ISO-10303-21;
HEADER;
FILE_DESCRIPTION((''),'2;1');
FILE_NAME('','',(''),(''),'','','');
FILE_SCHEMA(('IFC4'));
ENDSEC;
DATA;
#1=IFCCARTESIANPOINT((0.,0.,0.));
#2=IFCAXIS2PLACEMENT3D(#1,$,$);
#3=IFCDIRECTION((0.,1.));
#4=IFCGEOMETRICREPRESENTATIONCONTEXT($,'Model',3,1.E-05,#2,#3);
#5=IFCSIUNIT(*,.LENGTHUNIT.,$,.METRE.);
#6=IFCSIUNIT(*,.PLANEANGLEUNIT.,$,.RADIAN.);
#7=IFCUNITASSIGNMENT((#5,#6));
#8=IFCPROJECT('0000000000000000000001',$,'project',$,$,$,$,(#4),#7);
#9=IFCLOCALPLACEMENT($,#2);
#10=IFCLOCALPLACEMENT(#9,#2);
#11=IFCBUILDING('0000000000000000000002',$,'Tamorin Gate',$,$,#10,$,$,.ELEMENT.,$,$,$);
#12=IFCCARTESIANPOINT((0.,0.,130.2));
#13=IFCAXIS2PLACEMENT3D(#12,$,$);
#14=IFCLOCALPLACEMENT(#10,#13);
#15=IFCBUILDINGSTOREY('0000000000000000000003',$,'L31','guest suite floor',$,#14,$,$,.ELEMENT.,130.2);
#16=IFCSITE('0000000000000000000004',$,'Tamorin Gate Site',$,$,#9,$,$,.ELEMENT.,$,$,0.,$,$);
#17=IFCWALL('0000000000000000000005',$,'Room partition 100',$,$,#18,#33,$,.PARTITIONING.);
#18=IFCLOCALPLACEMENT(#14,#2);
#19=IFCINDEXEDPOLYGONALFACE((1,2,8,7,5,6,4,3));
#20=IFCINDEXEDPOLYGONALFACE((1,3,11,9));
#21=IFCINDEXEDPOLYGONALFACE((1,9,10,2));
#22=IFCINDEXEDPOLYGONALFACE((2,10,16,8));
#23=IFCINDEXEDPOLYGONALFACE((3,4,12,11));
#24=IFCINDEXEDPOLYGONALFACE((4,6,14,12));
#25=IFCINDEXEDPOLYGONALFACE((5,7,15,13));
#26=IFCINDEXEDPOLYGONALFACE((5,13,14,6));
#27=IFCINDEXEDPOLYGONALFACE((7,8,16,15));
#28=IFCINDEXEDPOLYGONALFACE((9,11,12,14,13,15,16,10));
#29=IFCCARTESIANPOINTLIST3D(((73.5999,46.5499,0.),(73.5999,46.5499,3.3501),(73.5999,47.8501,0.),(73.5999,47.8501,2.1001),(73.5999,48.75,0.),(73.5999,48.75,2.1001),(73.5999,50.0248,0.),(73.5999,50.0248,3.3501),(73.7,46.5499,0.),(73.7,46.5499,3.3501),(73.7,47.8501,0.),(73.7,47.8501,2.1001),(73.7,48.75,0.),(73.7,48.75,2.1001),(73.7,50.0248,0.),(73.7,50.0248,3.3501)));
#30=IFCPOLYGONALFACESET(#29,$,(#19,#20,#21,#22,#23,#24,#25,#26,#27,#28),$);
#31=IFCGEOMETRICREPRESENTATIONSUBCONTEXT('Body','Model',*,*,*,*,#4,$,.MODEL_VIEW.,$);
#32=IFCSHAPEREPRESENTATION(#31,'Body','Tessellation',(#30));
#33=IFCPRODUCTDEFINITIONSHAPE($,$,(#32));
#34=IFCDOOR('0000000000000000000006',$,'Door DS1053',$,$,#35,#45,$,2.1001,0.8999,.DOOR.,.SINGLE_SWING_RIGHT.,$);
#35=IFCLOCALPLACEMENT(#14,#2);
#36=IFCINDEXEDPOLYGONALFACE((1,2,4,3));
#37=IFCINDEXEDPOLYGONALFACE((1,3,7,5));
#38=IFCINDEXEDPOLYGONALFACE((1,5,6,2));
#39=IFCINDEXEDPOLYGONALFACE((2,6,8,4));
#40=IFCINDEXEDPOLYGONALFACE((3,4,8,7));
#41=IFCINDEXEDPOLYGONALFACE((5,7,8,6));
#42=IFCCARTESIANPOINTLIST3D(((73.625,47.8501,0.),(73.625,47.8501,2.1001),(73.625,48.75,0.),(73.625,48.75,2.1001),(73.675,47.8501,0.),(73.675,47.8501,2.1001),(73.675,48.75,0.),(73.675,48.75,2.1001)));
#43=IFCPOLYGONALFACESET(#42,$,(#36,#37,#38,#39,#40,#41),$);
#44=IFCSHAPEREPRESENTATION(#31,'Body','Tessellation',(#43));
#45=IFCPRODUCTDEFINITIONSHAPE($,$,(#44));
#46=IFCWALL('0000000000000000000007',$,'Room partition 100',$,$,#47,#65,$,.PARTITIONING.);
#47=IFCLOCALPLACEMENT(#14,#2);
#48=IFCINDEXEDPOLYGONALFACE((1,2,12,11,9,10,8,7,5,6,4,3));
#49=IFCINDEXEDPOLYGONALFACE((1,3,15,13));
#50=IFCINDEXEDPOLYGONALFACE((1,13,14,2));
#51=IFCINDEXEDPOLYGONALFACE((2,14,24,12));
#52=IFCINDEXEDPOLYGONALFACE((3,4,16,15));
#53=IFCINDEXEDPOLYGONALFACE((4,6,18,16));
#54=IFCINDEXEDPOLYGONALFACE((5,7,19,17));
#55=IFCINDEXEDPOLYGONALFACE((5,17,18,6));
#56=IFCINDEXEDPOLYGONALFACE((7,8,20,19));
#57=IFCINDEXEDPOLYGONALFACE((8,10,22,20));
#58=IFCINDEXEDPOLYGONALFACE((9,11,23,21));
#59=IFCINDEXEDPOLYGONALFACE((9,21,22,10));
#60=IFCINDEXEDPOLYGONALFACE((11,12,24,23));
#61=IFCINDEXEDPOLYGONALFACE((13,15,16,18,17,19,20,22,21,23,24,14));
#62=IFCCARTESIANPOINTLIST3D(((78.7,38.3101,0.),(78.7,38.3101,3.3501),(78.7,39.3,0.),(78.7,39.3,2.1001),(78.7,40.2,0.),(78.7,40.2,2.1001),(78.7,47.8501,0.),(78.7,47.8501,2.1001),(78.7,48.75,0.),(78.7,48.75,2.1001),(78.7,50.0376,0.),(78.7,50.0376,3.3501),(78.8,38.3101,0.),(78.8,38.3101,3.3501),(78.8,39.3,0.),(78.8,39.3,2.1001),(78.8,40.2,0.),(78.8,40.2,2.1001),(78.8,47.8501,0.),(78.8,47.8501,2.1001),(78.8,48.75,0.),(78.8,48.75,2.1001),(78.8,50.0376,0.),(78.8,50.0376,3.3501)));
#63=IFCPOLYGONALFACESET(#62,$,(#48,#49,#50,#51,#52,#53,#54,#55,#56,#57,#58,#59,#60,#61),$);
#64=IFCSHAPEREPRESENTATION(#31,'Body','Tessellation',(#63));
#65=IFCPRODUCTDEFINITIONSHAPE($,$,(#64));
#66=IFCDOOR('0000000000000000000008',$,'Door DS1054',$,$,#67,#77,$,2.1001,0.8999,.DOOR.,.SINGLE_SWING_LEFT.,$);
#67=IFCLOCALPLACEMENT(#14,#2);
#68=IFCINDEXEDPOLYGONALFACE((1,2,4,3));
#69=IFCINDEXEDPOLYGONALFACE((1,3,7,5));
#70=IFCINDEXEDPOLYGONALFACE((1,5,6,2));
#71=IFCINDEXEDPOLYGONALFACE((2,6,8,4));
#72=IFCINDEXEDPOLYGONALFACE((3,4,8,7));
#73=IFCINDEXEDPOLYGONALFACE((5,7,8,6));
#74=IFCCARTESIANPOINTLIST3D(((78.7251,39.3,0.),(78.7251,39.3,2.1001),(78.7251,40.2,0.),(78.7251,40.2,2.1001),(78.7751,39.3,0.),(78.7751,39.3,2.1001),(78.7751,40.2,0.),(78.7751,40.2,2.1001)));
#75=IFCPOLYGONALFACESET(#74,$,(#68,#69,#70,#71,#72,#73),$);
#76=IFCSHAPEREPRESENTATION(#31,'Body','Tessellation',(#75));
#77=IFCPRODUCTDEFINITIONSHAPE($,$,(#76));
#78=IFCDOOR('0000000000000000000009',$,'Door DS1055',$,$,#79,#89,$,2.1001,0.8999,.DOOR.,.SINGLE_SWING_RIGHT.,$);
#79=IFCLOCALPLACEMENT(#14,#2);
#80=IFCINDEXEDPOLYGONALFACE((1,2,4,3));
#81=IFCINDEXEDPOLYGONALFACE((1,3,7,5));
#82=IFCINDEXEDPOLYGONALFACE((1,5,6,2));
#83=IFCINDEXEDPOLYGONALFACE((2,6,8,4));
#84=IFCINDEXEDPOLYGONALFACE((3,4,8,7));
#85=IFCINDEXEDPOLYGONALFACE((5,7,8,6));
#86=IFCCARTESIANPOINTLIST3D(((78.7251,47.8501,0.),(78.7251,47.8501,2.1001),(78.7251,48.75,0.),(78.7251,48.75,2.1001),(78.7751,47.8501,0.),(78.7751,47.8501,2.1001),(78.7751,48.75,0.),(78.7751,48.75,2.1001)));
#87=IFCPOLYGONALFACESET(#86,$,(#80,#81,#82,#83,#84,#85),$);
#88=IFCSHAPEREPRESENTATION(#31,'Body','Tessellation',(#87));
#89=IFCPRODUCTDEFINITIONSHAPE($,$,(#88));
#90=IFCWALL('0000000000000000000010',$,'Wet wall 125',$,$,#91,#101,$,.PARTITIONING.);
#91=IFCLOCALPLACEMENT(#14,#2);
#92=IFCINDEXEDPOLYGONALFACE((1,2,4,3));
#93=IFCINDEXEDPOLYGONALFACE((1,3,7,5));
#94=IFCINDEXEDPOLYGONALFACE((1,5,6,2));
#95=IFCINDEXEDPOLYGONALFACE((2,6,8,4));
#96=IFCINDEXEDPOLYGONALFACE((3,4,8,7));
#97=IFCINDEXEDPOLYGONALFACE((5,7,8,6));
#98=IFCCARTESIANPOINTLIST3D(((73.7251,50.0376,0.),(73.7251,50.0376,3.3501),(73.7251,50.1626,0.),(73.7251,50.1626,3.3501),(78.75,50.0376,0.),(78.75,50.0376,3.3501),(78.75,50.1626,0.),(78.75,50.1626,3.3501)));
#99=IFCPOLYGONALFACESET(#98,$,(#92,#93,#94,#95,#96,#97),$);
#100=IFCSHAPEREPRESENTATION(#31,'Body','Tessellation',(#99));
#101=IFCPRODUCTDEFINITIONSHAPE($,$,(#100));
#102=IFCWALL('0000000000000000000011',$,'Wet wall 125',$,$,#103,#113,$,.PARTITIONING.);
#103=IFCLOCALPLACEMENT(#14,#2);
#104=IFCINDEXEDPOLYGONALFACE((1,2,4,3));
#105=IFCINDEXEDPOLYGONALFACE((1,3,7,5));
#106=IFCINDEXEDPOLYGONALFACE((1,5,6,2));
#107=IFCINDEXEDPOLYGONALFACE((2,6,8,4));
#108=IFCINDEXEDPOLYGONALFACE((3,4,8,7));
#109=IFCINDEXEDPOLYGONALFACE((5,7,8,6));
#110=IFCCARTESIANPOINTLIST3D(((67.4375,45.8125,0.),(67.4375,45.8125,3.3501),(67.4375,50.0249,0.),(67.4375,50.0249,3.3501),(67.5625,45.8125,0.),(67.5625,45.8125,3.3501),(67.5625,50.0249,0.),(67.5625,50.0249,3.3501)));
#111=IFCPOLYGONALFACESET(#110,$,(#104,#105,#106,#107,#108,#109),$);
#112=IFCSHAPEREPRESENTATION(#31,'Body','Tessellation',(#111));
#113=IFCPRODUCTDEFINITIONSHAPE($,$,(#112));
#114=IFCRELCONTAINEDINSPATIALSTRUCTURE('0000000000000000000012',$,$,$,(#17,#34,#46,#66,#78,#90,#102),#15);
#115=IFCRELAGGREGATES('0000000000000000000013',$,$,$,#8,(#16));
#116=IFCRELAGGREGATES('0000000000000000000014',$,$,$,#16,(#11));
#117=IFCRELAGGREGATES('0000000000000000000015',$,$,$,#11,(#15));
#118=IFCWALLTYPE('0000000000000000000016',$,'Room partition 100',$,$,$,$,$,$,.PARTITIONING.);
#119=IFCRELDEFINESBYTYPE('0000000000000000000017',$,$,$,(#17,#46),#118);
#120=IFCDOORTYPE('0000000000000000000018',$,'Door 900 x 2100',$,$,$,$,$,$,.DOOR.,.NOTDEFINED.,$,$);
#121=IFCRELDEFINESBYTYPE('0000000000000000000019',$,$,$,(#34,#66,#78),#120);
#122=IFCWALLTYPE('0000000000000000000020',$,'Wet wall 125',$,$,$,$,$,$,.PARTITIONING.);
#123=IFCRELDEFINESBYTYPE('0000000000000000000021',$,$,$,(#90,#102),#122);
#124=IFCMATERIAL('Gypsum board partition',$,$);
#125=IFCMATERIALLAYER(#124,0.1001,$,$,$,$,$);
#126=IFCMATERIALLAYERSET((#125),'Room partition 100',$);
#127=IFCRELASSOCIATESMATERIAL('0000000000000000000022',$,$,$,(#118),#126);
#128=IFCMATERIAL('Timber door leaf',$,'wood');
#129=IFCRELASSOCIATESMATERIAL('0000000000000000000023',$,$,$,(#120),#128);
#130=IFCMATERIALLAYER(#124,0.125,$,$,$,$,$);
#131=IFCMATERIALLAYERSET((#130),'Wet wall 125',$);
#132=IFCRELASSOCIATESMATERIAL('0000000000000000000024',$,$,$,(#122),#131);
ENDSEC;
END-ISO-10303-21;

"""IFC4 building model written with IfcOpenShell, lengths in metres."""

from ifc_helpers import new_model, si_unit, direction, frame, frame_2d, origin, place, context, subcontext, project, spatial, rectangle, extrude, material, layer, layer_set, type_object, element, fill, save


model = new_model("IFC4")

# Units and contexts
model_context = context("Model", 3, precision=1e-05, world=origin(), true_north=direction((0.0, 1.0)))
body_context = subcontext(model_context, "Body", "Model", "MODEL_VIEW")
ifc_project = project(units=[si_unit("LENGTHUNIT", "METRE"), si_unit("PLANEANGLEUNIT", "RADIAN")], contexts=[model_context])

# Site, building, storey
site_placement = place(None, origin())
site = spatial("IfcSite", under=ifc_project, at=site_placement, Name="Tamorin Gate Site", CompositionType="ELEMENT", RefElevation=0.0)
building_placement = place(site_placement, origin())
building = spatial("IfcBuilding", under=site, at=building_placement, Name="Tamorin Gate", CompositionType="ELEMENT")
storey_placement = place(building_placement, frame((0.0, 0.0, 130.2)))
storey = spatial("IfcBuildingStorey", under=building, at=storey_placement, Name="L31", Description="guest suite floor", CompositionType="ELEMENT", Elevation=130.2)

# Shared definitions
ifc_material_1 = material(Name="Gypsum board partition")

# Wall, opening, door
ifc_layer_1 = layer(ifc_material_1, 0.1001)
ifc_layer_set_1 = layer_set([ifc_layer_1], Name="Room partition 100")
wall_type_1 = type_object("IfcWallType", Name="Room partition 100", PredefinedType="PARTITIONING", material=ifc_layer_set_1)
ifc_material_2 = material(Name="Timber door leaf", Category="wood")
door_type = type_object("IfcDoorType", Name="Door 900 x 2100", OperationType="NOTDEFINED", PredefinedType="DOOR", material=ifc_material_2)
wall_1_placement = place(storey_placement, frame((73.6499, 46.55, 0.0), z_axis=(0.0, 0.0, 1.0), x_axis=(0.0, 1.0, 0.0)))
wall_1 = element("IfcWall", 1, at=wall_1_placement, inside=storey, type_object=wall_type_1, Name="Room partition 100", PredefinedType="PARTITIONING", context=body_context, shape_type="SweptSolid", body=[
    extrude(rectangle(XDim=3.4749, YDim=0.1001, at=frame_2d((1.7373, 0.0))), origin(), (0.0, 0.0, 1.0), 3.3501),
])
opening_1_placement = place(wall_1_placement, frame((1.3, 0.0, 0.0)))
opening_1 = element("IfcOpeningElement", 2, at=opening_1_placement, cuts=wall_1, PredefinedType="OPENING", context=body_context, shape_type="SweptSolid", body=[
    extrude(rectangle(XDim=0.8999, YDim=2.1001, at=frame_2d((0.45, 1.05))), frame((0.0, 0.0601, 0.0), z_axis=(0.0, -1.0, 0.0), x_axis=(1.0, 0.0, 0.0)), (0.0, 0.0, 1.0), 0.1201),
])
door_1_placement = place(opening_1_placement, origin())
door_1 = element("IfcDoor", 3, at=door_1_placement, inside=storey, type_object=door_type, Name="Door DS1053", OperationType="SINGLE_SWING_RIGHT", OverallHeight=2.1001, OverallWidth=0.8999, PredefinedType="DOOR", context=body_context, shape_type="SweptSolid", body=[
    extrude(rectangle(XDim=0.8999, YDim=2.1001, at=frame_2d((0.45, 1.05))), frame((0.0, 0.0249, 0.0), z_axis=(0.0, -1.0, 0.0), x_axis=(1.0, 0.0, 0.0)), (0.0, 0.0, 1.0), 0.05),
])
fill(opening_1, door_1)

# Wall, openings, doors
wall_2_placement = place(storey_placement, frame((78.75, 38.3101, 0.0), z_axis=(0.0, 0.0, 1.0), x_axis=(0.0, 1.0, 0.0)))
wall_2 = element("IfcWall", 4, at=wall_2_placement, inside=storey, type_object=wall_type_1, Name="Room partition 100", PredefinedType="PARTITIONING", context=body_context, shape_type="SweptSolid", body=[
    extrude(rectangle(XDim=11.7275, YDim=0.1001, at=frame_2d((5.8638, 0.0))), origin(), (0.0, 0.0, 1.0), 3.3501),
])
opening_2_placement = place(wall_2_placement, frame((0.99, 0.0, 0.0)))
opening_2 = element("IfcOpeningElement", 5, at=opening_2_placement, cuts=wall_2, PredefinedType="OPENING", context=body_context, shape_type="SweptSolid", body=[
    extrude(rectangle(XDim=0.8999, YDim=2.1001, at=frame_2d((0.45, 1.05))), frame((0.0, 0.0601, 0.0), z_axis=(0.0, -1.0, 0.0), x_axis=(1.0, 0.0, 0.0)), (0.0, 0.0, 1.0), 0.1201),
])
opening_3_placement = place(wall_2_placement, frame((9.54, 0.0, 0.0)))
opening_3 = element("IfcOpeningElement", 6, at=opening_3_placement, cuts=wall_2, PredefinedType="OPENING", context=body_context, shape_type="SweptSolid", body=[
    extrude(rectangle(XDim=0.8999, YDim=2.1001, at=frame_2d((0.45, 1.05))), frame((0.0, 0.0601, 0.0), z_axis=(0.0, -1.0, 0.0), x_axis=(1.0, 0.0, 0.0)), (0.0, 0.0, 1.0), 0.1201),
])
door_2_placement = place(opening_2_placement, origin())
door_2 = element("IfcDoor", 7, at=door_2_placement, inside=storey, type_object=door_type, Name="Door DS1054", OperationType="SINGLE_SWING_LEFT", OverallHeight=2.1001, OverallWidth=0.8999, PredefinedType="DOOR", context=body_context, shape_type="SweptSolid", body=[
    extrude(rectangle(XDim=0.8999, YDim=2.1001, at=frame_2d((0.45, 1.05))), frame((0.0, 0.0249, 0.0), z_axis=(0.0, -1.0, 0.0), x_axis=(1.0, 0.0, 0.0)), (0.0, 0.0, 1.0), 0.05),
])
fill(opening_2, door_2)
door_3_placement = place(opening_3_placement, origin())
door_3 = element("IfcDoor", 8, at=door_3_placement, inside=storey, type_object=door_type, Name="Door DS1055", OperationType="SINGLE_SWING_RIGHT", OverallHeight=2.1001, OverallWidth=0.8999, PredefinedType="DOOR", context=body_context, shape_type="SweptSolid", body=[
    extrude(rectangle(XDim=0.8999, YDim=2.1001, at=frame_2d((0.45, 1.05))), frame((0.0, 0.0249, 0.0), z_axis=(0.0, -1.0, 0.0), x_axis=(1.0, 0.0, 0.0)), (0.0, 0.0, 1.0), 0.05),
])
fill(opening_3, door_3)

# Walls
ifc_layer_2 = layer(ifc_material_1, 0.125)
ifc_layer_set_2 = layer_set([ifc_layer_2], Name="Wet wall 125")
wall_type_2 = type_object("IfcWallType", Name="Wet wall 125", PredefinedType="PARTITIONING", material=ifc_layer_set_2)
wall_3_placement = place(storey_placement, frame((73.7251, 50.1001, 0.0), z_axis=(0.0, 0.0, 1.0), x_axis=(1.0, 0.0, 0.0)))
element("IfcWall", 9, at=wall_3_placement, inside=storey, type_object=wall_type_2, Name="Wet wall 125", PredefinedType="PARTITIONING", context=body_context, shape_type="SweptSolid", body=[
    extrude(rectangle(XDim=5.0249, YDim=0.125, at=frame_2d((2.5125, 0.0))), origin(), (0.0, 0.0, 1.0), 3.3501),
])
wall_4_placement = place(storey_placement, frame((67.5, 45.8125, 0.0), z_axis=(0.0, 0.0, 1.0), x_axis=(0.0, 1.0, 0.0)))
element("IfcWall", 10, at=wall_4_placement, inside=storey, type_object=wall_type_2, Name="Wet wall 125", PredefinedType="PARTITIONING", context=body_context, shape_type="SweptSolid", body=[
    extrude(rectangle(XDim=4.2124, YDim=0.125, at=frame_2d((2.1062, 0.0))), origin(), (0.0, 0.0, 1.0), 3.3501),
])

save(model, "model.ifc")
